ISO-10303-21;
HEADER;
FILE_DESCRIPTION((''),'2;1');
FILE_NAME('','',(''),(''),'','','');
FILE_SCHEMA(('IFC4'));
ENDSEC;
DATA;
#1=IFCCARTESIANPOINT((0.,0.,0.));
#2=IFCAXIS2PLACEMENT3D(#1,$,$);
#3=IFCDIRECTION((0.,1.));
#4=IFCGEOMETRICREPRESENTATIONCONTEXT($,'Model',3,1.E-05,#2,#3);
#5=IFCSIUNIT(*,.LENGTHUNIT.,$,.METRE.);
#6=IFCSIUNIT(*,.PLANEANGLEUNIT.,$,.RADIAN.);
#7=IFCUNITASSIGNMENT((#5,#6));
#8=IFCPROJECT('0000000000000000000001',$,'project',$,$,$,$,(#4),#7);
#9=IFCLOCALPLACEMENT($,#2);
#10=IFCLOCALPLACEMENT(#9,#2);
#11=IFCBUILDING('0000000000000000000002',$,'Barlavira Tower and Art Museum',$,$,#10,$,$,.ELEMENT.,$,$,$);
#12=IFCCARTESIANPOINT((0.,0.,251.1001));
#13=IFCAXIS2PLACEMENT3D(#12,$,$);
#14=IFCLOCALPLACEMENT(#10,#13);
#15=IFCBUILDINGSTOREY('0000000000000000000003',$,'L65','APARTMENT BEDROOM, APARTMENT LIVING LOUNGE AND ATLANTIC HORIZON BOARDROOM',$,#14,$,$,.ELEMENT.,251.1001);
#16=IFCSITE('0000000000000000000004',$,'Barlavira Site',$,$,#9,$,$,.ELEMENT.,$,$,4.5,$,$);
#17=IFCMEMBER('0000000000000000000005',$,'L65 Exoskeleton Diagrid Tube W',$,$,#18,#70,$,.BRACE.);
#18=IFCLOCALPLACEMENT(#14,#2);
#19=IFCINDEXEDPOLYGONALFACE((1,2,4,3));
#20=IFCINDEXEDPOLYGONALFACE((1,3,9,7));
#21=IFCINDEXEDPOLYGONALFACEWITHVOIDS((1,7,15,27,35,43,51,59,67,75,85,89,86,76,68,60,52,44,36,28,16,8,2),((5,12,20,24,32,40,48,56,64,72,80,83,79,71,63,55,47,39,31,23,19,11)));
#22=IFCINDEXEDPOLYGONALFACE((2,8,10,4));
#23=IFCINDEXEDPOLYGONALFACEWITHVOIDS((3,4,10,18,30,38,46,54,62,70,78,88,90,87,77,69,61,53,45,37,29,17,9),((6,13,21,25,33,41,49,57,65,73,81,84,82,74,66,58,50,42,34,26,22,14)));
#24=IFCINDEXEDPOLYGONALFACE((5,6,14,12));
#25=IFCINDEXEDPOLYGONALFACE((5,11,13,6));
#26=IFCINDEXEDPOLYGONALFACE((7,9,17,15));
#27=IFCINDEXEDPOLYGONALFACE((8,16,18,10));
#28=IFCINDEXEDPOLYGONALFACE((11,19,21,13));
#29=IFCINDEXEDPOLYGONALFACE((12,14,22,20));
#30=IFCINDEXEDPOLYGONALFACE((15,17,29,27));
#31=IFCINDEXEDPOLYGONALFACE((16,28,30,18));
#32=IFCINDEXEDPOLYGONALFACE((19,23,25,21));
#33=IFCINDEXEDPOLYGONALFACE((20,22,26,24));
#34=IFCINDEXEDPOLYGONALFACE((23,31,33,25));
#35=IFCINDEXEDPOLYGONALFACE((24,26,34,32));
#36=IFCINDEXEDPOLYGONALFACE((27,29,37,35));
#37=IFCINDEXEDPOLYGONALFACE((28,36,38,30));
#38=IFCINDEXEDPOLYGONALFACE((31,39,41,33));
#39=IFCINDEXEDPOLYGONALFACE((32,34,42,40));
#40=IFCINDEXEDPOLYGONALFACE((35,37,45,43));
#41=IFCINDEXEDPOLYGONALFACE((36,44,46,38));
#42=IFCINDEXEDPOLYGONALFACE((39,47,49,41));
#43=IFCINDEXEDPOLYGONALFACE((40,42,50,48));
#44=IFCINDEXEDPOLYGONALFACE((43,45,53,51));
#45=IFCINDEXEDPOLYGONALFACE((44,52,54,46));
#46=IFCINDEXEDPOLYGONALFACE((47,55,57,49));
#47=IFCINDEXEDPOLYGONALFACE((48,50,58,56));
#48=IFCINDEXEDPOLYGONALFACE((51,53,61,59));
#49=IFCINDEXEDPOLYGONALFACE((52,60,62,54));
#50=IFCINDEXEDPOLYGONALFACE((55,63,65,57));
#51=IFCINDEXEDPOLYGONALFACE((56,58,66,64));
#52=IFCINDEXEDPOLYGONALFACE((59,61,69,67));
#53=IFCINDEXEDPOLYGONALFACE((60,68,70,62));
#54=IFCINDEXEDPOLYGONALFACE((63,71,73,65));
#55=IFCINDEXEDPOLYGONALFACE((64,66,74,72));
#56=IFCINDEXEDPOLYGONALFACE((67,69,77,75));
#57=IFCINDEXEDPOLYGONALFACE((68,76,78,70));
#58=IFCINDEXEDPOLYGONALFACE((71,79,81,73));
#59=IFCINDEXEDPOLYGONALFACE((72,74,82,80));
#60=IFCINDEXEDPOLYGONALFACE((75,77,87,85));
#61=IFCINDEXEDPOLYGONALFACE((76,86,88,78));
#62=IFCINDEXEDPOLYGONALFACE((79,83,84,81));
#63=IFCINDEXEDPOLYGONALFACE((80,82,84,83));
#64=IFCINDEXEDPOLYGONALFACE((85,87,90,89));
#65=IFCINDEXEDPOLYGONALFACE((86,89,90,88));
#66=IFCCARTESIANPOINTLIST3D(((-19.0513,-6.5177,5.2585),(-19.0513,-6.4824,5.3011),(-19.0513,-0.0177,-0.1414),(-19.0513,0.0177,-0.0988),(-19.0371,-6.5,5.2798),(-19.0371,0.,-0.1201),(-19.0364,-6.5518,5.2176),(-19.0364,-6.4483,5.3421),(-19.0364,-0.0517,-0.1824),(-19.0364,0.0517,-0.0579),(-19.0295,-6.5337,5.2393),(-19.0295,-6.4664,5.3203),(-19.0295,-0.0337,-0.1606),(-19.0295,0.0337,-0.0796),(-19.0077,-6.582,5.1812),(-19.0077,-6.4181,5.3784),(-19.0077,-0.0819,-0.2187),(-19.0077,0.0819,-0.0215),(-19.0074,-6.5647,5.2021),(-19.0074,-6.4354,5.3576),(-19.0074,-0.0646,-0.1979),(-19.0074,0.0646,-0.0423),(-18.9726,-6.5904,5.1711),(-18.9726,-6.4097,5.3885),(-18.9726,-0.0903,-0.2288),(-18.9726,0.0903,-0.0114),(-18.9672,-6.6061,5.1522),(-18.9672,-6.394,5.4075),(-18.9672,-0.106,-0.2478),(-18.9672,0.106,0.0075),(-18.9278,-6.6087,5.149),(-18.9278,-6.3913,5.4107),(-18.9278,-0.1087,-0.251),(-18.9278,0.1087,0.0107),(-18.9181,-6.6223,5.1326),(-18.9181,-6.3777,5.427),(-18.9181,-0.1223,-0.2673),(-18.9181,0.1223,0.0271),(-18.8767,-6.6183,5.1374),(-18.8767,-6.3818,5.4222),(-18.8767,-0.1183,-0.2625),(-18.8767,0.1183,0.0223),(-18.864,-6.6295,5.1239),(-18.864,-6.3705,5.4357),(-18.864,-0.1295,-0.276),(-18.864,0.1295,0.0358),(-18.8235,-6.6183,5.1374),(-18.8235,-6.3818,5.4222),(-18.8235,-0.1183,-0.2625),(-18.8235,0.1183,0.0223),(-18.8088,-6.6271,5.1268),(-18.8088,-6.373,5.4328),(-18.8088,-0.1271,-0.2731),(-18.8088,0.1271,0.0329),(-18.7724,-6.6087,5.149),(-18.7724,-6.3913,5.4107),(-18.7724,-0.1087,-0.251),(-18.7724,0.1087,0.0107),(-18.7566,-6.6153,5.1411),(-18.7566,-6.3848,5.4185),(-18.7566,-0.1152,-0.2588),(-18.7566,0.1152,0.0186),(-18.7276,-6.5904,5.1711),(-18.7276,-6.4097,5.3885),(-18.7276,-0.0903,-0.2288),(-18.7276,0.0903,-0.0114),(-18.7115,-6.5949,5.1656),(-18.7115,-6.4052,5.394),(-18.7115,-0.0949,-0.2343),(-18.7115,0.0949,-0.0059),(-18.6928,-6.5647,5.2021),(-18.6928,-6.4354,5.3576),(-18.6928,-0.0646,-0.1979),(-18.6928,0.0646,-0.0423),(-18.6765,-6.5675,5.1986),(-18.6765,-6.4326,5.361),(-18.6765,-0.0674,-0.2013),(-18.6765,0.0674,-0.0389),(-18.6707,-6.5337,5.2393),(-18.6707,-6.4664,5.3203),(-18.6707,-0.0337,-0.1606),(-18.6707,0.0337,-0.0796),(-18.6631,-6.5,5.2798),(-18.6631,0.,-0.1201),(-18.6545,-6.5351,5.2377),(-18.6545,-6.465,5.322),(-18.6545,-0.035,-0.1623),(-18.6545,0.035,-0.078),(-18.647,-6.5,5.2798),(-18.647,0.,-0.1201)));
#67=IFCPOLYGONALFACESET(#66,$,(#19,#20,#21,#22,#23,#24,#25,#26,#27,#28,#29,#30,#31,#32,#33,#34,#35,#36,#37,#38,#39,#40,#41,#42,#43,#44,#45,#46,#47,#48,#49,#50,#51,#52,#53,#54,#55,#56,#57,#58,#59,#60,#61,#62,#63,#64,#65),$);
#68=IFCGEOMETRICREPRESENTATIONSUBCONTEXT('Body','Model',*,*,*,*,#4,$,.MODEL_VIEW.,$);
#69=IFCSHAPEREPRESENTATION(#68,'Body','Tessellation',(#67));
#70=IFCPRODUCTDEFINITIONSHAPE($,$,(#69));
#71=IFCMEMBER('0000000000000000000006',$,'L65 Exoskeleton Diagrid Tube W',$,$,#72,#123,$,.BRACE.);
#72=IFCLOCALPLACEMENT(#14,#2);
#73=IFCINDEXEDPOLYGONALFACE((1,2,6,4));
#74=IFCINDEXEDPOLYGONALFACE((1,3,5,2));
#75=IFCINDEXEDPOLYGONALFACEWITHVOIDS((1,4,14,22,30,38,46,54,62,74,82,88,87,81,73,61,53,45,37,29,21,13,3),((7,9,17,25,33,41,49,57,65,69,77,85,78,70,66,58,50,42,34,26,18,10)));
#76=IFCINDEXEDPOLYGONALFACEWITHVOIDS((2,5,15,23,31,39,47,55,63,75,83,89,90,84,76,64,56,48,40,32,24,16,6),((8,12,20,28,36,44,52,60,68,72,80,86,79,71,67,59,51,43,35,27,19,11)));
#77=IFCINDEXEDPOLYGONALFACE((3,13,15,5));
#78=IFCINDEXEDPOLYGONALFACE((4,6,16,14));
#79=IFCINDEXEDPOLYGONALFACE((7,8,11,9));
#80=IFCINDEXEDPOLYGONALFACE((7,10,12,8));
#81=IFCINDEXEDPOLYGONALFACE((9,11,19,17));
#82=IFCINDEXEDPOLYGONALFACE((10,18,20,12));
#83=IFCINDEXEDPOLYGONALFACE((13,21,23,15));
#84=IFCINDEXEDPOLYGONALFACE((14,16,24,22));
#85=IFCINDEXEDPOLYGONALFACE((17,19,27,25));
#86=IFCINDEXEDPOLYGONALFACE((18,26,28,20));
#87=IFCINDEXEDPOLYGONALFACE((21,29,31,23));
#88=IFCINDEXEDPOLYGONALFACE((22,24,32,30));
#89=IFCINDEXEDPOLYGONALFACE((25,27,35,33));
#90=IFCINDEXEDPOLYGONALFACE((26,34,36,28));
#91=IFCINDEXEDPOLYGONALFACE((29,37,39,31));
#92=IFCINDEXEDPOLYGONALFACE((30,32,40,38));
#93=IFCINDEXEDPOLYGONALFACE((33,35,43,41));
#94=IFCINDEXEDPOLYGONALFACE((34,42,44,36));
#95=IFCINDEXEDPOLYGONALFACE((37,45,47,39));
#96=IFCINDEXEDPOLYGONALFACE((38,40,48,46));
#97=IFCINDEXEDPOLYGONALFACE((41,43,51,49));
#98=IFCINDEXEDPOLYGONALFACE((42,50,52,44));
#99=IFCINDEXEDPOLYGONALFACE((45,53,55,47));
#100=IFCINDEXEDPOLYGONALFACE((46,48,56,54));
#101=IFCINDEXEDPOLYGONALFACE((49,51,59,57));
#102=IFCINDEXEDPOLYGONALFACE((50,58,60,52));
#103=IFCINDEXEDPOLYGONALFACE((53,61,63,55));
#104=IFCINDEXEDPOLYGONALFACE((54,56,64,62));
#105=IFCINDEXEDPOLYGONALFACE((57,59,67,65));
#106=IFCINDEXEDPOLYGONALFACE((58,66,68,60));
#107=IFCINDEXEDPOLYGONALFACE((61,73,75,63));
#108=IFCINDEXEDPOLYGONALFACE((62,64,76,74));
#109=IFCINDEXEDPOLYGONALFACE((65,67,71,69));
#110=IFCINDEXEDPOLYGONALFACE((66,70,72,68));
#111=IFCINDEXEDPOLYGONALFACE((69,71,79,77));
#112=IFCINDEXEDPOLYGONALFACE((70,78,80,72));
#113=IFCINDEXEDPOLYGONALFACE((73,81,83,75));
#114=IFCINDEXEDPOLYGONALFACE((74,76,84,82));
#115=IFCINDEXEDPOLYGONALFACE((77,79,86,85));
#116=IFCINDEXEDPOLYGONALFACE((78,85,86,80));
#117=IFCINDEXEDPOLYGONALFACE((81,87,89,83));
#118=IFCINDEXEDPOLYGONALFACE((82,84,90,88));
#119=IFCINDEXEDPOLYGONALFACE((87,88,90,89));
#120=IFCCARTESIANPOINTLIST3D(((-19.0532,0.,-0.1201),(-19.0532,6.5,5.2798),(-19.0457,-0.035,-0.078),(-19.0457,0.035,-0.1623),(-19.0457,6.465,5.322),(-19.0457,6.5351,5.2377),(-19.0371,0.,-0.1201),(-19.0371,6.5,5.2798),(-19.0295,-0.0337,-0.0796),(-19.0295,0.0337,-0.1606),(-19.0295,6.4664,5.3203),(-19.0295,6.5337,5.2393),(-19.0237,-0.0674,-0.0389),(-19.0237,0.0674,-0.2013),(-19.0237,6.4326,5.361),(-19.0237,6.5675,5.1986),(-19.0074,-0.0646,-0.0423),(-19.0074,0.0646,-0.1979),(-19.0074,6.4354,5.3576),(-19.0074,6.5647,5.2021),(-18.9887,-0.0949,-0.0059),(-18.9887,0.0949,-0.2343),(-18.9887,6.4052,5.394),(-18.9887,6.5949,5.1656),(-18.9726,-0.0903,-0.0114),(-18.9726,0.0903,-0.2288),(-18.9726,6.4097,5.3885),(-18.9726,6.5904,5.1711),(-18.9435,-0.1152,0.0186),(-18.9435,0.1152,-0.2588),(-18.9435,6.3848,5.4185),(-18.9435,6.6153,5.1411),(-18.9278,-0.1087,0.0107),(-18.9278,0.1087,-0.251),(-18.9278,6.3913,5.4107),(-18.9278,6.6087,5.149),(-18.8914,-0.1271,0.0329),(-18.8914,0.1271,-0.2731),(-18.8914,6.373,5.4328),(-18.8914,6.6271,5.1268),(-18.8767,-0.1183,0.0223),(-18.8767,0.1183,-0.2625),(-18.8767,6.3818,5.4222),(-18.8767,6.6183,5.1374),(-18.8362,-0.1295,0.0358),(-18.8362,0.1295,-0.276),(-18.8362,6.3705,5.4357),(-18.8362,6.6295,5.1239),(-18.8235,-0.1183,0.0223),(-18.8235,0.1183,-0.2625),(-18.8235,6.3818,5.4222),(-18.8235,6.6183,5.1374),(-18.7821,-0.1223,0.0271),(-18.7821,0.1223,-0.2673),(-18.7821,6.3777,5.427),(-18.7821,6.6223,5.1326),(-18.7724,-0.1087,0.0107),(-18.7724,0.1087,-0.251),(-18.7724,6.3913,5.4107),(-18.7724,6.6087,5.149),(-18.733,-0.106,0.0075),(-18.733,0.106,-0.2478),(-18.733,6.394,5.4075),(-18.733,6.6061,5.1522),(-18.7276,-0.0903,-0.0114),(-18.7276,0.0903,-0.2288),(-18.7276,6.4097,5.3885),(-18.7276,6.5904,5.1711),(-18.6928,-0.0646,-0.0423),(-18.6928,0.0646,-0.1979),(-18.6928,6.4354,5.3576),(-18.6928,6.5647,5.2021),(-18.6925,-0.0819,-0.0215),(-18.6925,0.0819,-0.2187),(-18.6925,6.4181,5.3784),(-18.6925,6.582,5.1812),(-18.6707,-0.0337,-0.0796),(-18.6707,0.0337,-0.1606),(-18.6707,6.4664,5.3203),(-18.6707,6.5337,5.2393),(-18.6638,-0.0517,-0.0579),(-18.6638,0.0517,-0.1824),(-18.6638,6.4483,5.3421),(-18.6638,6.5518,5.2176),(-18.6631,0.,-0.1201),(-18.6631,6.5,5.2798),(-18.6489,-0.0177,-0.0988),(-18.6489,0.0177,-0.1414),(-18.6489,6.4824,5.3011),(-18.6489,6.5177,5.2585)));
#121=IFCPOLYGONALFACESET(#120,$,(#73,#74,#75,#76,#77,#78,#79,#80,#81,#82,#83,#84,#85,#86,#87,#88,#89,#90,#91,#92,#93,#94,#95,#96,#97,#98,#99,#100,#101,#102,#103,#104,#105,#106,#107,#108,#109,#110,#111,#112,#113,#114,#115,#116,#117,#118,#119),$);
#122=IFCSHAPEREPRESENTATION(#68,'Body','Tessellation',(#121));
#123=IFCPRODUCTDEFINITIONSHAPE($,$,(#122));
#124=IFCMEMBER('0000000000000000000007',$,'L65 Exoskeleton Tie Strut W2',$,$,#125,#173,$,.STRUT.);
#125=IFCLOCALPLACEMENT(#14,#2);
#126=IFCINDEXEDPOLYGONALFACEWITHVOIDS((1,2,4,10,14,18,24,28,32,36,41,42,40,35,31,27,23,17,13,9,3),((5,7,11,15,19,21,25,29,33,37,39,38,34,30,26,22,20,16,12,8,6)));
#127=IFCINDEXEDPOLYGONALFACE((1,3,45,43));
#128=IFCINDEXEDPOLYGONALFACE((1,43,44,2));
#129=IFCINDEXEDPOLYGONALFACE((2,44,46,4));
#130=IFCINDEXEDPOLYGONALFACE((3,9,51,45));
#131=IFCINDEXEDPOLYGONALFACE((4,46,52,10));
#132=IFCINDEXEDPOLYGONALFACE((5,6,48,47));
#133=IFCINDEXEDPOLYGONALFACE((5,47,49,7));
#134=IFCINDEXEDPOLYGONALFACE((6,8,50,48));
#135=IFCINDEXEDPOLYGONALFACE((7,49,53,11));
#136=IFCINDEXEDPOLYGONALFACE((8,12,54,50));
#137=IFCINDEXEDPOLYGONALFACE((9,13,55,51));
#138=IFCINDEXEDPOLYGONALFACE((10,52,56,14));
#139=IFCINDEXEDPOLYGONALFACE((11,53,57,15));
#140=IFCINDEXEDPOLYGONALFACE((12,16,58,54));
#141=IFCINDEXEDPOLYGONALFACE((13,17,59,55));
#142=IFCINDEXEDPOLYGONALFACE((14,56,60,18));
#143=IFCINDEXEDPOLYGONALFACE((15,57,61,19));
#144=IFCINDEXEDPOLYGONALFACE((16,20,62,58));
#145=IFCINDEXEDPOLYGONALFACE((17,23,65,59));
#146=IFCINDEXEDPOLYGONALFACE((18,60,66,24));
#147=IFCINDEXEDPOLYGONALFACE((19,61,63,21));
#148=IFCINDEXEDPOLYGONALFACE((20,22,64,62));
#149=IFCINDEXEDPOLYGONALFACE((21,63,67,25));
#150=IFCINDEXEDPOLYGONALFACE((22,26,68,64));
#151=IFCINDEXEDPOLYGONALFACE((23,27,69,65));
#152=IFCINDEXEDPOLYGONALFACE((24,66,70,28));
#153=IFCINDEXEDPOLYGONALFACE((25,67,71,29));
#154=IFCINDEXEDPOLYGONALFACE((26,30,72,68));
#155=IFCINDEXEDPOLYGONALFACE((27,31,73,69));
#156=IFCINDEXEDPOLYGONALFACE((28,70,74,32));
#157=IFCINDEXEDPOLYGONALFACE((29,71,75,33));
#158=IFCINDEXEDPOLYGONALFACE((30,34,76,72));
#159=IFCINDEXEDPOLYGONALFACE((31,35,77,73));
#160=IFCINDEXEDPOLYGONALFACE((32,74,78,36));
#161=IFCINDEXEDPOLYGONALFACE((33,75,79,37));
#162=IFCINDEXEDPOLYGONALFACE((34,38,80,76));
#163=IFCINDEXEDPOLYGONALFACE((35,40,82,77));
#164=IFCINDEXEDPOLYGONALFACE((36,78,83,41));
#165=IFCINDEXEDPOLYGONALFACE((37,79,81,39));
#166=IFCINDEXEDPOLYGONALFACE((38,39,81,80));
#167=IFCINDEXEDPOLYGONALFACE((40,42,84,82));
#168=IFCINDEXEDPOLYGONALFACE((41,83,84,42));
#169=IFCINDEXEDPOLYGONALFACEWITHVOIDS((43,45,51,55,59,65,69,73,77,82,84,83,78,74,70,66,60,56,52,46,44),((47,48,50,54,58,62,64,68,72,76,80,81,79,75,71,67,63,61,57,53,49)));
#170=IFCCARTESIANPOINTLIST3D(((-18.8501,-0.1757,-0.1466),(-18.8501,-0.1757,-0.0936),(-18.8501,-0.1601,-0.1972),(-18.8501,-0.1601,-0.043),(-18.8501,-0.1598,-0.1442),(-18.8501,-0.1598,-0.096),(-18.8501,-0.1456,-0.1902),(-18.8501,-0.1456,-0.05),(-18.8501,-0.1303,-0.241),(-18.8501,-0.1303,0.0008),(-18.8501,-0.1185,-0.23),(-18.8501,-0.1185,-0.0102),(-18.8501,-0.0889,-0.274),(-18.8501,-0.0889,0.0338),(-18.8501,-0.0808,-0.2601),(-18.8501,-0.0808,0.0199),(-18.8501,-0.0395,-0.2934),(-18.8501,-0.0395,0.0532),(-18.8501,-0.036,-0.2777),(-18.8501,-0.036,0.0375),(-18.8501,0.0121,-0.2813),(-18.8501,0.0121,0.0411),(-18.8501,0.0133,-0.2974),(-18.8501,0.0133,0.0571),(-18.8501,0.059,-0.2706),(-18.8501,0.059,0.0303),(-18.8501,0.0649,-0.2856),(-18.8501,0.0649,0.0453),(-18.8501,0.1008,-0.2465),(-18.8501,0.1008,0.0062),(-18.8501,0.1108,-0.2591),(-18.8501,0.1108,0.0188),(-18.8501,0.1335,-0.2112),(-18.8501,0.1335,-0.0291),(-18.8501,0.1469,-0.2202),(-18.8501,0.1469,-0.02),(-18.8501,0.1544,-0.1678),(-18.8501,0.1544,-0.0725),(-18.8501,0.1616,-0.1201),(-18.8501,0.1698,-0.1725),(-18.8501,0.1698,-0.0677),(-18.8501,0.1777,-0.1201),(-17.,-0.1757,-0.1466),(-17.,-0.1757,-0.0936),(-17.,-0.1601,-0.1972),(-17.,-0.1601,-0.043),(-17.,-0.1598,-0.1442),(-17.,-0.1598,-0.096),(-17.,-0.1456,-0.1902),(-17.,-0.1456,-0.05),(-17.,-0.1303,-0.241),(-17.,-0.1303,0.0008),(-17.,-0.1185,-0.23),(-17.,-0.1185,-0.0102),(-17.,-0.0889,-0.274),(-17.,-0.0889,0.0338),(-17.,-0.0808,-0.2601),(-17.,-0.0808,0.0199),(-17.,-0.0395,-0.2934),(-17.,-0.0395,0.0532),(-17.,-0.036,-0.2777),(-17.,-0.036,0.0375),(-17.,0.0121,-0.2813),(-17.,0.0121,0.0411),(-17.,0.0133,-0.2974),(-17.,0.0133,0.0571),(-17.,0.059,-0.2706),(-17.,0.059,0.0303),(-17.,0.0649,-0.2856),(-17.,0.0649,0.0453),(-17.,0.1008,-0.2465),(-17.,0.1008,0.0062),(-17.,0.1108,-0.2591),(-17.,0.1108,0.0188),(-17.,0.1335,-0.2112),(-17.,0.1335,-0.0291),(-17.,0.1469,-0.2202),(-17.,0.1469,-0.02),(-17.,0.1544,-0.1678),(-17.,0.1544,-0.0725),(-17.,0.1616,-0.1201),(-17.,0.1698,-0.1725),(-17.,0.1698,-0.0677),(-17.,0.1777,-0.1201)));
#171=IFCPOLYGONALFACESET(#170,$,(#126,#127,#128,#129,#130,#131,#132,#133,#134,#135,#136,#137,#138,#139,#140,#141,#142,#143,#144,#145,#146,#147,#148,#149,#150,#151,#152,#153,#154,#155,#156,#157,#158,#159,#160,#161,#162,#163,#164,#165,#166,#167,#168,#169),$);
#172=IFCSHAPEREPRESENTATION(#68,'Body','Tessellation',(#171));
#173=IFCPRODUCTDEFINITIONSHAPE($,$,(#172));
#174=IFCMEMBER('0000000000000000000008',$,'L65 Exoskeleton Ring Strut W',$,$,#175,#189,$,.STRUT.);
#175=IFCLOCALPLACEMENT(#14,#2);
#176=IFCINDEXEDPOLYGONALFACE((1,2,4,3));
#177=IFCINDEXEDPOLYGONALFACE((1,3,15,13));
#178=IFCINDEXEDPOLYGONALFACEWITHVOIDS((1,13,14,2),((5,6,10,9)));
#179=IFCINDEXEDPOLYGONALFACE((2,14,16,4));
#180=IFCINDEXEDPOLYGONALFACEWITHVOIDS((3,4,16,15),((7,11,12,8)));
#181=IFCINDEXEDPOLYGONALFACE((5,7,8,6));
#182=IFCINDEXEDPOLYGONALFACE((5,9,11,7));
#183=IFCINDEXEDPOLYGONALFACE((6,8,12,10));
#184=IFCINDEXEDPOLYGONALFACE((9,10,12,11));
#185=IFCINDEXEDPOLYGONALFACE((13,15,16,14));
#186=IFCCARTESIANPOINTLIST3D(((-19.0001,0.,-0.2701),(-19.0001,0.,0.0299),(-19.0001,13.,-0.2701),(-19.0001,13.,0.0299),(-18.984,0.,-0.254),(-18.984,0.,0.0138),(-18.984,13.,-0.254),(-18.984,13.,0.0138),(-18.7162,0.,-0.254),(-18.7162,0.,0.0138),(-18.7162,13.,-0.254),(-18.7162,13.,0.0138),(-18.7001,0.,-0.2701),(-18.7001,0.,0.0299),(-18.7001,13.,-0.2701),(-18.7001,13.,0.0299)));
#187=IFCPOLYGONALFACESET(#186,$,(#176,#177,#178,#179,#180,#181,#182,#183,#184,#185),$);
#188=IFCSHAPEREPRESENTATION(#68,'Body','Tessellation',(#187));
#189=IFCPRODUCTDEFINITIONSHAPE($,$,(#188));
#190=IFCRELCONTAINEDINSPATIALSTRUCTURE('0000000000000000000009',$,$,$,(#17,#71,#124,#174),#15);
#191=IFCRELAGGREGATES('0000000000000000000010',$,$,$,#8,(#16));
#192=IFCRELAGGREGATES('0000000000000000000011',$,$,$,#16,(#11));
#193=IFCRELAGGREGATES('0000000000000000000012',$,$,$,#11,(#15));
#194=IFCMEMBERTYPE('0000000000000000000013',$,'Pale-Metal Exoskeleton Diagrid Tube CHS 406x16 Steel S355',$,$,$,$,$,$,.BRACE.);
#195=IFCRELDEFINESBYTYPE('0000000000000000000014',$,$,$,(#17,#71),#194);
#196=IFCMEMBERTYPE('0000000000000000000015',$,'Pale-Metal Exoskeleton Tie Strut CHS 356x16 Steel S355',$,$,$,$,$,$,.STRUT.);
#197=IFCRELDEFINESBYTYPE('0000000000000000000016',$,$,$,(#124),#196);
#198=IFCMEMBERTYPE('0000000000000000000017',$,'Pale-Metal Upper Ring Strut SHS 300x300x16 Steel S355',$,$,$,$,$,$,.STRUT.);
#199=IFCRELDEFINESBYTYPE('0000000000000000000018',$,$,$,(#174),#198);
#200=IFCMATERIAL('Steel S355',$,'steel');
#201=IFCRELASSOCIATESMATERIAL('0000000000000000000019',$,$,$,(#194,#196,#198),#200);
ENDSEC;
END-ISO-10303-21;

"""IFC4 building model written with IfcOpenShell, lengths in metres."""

from ifc_helpers import new_model, si_unit, direction, frame, origin, origin_2d, place, context, subcontext, project, spatial, hollow_rectangle, hollow_circle, extrude, material, material_profile, profile_set, type_object, element, save


model = new_model("IFC4")

# Units and contexts
model_context = context("Model", 3, precision=1e-05, world=origin(), true_north=direction((0.0, 1.0)))
body_context = subcontext(model_context, "Body", "Model", "MODEL_VIEW")
ifc_project = project(units=[si_unit("LENGTHUNIT", "METRE"), si_unit("PLANEANGLEUNIT", "RADIAN")], contexts=[model_context])

# Site, building, storey
site_placement = place(None, origin())
site = spatial("IfcSite", under=ifc_project, at=site_placement, Name="Barlavira Site", CompositionType="ELEMENT", RefElevation=4.5)
building_placement = place(site_placement, origin())
building = spatial("IfcBuilding", under=site, at=building_placement, Name="Barlavira Tower and Art Museum", CompositionType="ELEMENT")
storey_placement = place(building_placement, frame((0.0, 0.0, 251.1001)))
storey = spatial("IfcBuildingStorey", under=building, at=storey_placement, Name="L65", Description="APARTMENT BEDROOM, APARTMENT LIVING LOUNGE AND ATLANTIC HORIZON BOARDROOM", CompositionType="ELEMENT", Elevation=251.1001)

# Members
ifc_material_1 = material(Name="Steel S355", Category="steel")
ifc_material_profile_1 = material_profile(ifc_material_1, hollow_circle(Radius=0.2031, WallThickness=0.0161, at=origin_2d()), Name="CHS 406.4x16.0")
ifc_profile_set_1 = profile_set([ifc_material_profile_1], Name="Steel S355")
member_type_1 = type_object("IfcMemberType", Name="Pale-Metal Exoskeleton Diagrid Tube CHS 406x16 Steel S355", PredefinedType="BRACE", material=ifc_profile_set_1)
for number, where, z_axis, x_axis, name in (
    (1, (-18.8501, 0.0, -0.1201), (0.0, -0.769196, 0.639013), (1.0, 0.0, 0.0), "L65 Exoskeleton Diagrid Tube W"),
    (2, (-18.8501, 0.0, -0.1201), (0.0, 0.769196, 0.639013), (-1.0, 0.0, 0.0), "L65 Exoskeleton Diagrid Tube W"),
):
    element("IfcMember", number, at=place(storey_placement, frame(where, z_axis=z_axis, x_axis=x_axis)), inside=storey, type_object=member_type_1, Name=name, PredefinedType="BRACE", context=body_context, shape_type="SweptSolid", body=[
        extrude(hollow_circle(Radius=0.2031, WallThickness=0.0161, at=origin_2d()), origin(), (0.0, 0.0, 1.0), 8.4504),
    ])
ifc_material_profile_2 = material_profile(ifc_material_1, hollow_circle(Radius=0.1777, WallThickness=0.0161, at=origin_2d()), Name="CHS 355.6x16.0")
ifc_profile_set_2 = profile_set([ifc_material_profile_2], Name="Steel S355")
member_type_2 = type_object("IfcMemberType", Name="Pale-Metal Exoskeleton Tie Strut CHS 356x16 Steel S355", PredefinedType="STRUT", material=ifc_profile_set_2)
member_1_placement = place(storey_placement, frame((-18.8501, 0.0, -0.1201), z_axis=(1.0, 0.0, 0.0), x_axis=(0.0, 1.0, 0.0)))
element("IfcMember", 3, at=member_1_placement, inside=storey, type_object=member_type_2, Name="L65 Exoskeleton Tie Strut W2", PredefinedType="STRUT", context=body_context, shape_type="SweptSolid", body=[
    extrude(hollow_circle(Radius=0.1777, WallThickness=0.0161, at=origin_2d()), origin(), (0.0, 0.0, 1.0), 1.8501),
])
ifc_material_profile_3 = material_profile(ifc_material_1, hollow_rectangle(XDim=0.3, YDim=0.3, WallThickness=0.0161, at=origin_2d()), Name="SHS 300x300x16.0")
ifc_profile_set_3 = profile_set([ifc_material_profile_3], Name="Steel S355")
member_type_3 = type_object("IfcMemberType", Name="Pale-Metal Upper Ring Strut SHS 300x300x16 Steel S355", PredefinedType="STRUT", material=ifc_profile_set_3)
member_2_placement = place(storey_placement, frame((-18.8501, 0.0, -0.1201), z_axis=(0.0, 1.0, 0.0), x_axis=(-1.0, 0.0, 0.0)))
element("IfcMember", 4, at=member_2_placement, inside=storey, type_object=member_type_3, Name="L65 Exoskeleton Ring Strut W", PredefinedType="STRUT", context=body_context, shape_type="SweptSolid", body=[
    extrude(hollow_rectangle(XDim=0.3, YDim=0.3, WallThickness=0.0161, at=origin_2d()), origin(), (0.0, 0.0, 1.0), 13.0),
])

save(model, "model.ifc")
